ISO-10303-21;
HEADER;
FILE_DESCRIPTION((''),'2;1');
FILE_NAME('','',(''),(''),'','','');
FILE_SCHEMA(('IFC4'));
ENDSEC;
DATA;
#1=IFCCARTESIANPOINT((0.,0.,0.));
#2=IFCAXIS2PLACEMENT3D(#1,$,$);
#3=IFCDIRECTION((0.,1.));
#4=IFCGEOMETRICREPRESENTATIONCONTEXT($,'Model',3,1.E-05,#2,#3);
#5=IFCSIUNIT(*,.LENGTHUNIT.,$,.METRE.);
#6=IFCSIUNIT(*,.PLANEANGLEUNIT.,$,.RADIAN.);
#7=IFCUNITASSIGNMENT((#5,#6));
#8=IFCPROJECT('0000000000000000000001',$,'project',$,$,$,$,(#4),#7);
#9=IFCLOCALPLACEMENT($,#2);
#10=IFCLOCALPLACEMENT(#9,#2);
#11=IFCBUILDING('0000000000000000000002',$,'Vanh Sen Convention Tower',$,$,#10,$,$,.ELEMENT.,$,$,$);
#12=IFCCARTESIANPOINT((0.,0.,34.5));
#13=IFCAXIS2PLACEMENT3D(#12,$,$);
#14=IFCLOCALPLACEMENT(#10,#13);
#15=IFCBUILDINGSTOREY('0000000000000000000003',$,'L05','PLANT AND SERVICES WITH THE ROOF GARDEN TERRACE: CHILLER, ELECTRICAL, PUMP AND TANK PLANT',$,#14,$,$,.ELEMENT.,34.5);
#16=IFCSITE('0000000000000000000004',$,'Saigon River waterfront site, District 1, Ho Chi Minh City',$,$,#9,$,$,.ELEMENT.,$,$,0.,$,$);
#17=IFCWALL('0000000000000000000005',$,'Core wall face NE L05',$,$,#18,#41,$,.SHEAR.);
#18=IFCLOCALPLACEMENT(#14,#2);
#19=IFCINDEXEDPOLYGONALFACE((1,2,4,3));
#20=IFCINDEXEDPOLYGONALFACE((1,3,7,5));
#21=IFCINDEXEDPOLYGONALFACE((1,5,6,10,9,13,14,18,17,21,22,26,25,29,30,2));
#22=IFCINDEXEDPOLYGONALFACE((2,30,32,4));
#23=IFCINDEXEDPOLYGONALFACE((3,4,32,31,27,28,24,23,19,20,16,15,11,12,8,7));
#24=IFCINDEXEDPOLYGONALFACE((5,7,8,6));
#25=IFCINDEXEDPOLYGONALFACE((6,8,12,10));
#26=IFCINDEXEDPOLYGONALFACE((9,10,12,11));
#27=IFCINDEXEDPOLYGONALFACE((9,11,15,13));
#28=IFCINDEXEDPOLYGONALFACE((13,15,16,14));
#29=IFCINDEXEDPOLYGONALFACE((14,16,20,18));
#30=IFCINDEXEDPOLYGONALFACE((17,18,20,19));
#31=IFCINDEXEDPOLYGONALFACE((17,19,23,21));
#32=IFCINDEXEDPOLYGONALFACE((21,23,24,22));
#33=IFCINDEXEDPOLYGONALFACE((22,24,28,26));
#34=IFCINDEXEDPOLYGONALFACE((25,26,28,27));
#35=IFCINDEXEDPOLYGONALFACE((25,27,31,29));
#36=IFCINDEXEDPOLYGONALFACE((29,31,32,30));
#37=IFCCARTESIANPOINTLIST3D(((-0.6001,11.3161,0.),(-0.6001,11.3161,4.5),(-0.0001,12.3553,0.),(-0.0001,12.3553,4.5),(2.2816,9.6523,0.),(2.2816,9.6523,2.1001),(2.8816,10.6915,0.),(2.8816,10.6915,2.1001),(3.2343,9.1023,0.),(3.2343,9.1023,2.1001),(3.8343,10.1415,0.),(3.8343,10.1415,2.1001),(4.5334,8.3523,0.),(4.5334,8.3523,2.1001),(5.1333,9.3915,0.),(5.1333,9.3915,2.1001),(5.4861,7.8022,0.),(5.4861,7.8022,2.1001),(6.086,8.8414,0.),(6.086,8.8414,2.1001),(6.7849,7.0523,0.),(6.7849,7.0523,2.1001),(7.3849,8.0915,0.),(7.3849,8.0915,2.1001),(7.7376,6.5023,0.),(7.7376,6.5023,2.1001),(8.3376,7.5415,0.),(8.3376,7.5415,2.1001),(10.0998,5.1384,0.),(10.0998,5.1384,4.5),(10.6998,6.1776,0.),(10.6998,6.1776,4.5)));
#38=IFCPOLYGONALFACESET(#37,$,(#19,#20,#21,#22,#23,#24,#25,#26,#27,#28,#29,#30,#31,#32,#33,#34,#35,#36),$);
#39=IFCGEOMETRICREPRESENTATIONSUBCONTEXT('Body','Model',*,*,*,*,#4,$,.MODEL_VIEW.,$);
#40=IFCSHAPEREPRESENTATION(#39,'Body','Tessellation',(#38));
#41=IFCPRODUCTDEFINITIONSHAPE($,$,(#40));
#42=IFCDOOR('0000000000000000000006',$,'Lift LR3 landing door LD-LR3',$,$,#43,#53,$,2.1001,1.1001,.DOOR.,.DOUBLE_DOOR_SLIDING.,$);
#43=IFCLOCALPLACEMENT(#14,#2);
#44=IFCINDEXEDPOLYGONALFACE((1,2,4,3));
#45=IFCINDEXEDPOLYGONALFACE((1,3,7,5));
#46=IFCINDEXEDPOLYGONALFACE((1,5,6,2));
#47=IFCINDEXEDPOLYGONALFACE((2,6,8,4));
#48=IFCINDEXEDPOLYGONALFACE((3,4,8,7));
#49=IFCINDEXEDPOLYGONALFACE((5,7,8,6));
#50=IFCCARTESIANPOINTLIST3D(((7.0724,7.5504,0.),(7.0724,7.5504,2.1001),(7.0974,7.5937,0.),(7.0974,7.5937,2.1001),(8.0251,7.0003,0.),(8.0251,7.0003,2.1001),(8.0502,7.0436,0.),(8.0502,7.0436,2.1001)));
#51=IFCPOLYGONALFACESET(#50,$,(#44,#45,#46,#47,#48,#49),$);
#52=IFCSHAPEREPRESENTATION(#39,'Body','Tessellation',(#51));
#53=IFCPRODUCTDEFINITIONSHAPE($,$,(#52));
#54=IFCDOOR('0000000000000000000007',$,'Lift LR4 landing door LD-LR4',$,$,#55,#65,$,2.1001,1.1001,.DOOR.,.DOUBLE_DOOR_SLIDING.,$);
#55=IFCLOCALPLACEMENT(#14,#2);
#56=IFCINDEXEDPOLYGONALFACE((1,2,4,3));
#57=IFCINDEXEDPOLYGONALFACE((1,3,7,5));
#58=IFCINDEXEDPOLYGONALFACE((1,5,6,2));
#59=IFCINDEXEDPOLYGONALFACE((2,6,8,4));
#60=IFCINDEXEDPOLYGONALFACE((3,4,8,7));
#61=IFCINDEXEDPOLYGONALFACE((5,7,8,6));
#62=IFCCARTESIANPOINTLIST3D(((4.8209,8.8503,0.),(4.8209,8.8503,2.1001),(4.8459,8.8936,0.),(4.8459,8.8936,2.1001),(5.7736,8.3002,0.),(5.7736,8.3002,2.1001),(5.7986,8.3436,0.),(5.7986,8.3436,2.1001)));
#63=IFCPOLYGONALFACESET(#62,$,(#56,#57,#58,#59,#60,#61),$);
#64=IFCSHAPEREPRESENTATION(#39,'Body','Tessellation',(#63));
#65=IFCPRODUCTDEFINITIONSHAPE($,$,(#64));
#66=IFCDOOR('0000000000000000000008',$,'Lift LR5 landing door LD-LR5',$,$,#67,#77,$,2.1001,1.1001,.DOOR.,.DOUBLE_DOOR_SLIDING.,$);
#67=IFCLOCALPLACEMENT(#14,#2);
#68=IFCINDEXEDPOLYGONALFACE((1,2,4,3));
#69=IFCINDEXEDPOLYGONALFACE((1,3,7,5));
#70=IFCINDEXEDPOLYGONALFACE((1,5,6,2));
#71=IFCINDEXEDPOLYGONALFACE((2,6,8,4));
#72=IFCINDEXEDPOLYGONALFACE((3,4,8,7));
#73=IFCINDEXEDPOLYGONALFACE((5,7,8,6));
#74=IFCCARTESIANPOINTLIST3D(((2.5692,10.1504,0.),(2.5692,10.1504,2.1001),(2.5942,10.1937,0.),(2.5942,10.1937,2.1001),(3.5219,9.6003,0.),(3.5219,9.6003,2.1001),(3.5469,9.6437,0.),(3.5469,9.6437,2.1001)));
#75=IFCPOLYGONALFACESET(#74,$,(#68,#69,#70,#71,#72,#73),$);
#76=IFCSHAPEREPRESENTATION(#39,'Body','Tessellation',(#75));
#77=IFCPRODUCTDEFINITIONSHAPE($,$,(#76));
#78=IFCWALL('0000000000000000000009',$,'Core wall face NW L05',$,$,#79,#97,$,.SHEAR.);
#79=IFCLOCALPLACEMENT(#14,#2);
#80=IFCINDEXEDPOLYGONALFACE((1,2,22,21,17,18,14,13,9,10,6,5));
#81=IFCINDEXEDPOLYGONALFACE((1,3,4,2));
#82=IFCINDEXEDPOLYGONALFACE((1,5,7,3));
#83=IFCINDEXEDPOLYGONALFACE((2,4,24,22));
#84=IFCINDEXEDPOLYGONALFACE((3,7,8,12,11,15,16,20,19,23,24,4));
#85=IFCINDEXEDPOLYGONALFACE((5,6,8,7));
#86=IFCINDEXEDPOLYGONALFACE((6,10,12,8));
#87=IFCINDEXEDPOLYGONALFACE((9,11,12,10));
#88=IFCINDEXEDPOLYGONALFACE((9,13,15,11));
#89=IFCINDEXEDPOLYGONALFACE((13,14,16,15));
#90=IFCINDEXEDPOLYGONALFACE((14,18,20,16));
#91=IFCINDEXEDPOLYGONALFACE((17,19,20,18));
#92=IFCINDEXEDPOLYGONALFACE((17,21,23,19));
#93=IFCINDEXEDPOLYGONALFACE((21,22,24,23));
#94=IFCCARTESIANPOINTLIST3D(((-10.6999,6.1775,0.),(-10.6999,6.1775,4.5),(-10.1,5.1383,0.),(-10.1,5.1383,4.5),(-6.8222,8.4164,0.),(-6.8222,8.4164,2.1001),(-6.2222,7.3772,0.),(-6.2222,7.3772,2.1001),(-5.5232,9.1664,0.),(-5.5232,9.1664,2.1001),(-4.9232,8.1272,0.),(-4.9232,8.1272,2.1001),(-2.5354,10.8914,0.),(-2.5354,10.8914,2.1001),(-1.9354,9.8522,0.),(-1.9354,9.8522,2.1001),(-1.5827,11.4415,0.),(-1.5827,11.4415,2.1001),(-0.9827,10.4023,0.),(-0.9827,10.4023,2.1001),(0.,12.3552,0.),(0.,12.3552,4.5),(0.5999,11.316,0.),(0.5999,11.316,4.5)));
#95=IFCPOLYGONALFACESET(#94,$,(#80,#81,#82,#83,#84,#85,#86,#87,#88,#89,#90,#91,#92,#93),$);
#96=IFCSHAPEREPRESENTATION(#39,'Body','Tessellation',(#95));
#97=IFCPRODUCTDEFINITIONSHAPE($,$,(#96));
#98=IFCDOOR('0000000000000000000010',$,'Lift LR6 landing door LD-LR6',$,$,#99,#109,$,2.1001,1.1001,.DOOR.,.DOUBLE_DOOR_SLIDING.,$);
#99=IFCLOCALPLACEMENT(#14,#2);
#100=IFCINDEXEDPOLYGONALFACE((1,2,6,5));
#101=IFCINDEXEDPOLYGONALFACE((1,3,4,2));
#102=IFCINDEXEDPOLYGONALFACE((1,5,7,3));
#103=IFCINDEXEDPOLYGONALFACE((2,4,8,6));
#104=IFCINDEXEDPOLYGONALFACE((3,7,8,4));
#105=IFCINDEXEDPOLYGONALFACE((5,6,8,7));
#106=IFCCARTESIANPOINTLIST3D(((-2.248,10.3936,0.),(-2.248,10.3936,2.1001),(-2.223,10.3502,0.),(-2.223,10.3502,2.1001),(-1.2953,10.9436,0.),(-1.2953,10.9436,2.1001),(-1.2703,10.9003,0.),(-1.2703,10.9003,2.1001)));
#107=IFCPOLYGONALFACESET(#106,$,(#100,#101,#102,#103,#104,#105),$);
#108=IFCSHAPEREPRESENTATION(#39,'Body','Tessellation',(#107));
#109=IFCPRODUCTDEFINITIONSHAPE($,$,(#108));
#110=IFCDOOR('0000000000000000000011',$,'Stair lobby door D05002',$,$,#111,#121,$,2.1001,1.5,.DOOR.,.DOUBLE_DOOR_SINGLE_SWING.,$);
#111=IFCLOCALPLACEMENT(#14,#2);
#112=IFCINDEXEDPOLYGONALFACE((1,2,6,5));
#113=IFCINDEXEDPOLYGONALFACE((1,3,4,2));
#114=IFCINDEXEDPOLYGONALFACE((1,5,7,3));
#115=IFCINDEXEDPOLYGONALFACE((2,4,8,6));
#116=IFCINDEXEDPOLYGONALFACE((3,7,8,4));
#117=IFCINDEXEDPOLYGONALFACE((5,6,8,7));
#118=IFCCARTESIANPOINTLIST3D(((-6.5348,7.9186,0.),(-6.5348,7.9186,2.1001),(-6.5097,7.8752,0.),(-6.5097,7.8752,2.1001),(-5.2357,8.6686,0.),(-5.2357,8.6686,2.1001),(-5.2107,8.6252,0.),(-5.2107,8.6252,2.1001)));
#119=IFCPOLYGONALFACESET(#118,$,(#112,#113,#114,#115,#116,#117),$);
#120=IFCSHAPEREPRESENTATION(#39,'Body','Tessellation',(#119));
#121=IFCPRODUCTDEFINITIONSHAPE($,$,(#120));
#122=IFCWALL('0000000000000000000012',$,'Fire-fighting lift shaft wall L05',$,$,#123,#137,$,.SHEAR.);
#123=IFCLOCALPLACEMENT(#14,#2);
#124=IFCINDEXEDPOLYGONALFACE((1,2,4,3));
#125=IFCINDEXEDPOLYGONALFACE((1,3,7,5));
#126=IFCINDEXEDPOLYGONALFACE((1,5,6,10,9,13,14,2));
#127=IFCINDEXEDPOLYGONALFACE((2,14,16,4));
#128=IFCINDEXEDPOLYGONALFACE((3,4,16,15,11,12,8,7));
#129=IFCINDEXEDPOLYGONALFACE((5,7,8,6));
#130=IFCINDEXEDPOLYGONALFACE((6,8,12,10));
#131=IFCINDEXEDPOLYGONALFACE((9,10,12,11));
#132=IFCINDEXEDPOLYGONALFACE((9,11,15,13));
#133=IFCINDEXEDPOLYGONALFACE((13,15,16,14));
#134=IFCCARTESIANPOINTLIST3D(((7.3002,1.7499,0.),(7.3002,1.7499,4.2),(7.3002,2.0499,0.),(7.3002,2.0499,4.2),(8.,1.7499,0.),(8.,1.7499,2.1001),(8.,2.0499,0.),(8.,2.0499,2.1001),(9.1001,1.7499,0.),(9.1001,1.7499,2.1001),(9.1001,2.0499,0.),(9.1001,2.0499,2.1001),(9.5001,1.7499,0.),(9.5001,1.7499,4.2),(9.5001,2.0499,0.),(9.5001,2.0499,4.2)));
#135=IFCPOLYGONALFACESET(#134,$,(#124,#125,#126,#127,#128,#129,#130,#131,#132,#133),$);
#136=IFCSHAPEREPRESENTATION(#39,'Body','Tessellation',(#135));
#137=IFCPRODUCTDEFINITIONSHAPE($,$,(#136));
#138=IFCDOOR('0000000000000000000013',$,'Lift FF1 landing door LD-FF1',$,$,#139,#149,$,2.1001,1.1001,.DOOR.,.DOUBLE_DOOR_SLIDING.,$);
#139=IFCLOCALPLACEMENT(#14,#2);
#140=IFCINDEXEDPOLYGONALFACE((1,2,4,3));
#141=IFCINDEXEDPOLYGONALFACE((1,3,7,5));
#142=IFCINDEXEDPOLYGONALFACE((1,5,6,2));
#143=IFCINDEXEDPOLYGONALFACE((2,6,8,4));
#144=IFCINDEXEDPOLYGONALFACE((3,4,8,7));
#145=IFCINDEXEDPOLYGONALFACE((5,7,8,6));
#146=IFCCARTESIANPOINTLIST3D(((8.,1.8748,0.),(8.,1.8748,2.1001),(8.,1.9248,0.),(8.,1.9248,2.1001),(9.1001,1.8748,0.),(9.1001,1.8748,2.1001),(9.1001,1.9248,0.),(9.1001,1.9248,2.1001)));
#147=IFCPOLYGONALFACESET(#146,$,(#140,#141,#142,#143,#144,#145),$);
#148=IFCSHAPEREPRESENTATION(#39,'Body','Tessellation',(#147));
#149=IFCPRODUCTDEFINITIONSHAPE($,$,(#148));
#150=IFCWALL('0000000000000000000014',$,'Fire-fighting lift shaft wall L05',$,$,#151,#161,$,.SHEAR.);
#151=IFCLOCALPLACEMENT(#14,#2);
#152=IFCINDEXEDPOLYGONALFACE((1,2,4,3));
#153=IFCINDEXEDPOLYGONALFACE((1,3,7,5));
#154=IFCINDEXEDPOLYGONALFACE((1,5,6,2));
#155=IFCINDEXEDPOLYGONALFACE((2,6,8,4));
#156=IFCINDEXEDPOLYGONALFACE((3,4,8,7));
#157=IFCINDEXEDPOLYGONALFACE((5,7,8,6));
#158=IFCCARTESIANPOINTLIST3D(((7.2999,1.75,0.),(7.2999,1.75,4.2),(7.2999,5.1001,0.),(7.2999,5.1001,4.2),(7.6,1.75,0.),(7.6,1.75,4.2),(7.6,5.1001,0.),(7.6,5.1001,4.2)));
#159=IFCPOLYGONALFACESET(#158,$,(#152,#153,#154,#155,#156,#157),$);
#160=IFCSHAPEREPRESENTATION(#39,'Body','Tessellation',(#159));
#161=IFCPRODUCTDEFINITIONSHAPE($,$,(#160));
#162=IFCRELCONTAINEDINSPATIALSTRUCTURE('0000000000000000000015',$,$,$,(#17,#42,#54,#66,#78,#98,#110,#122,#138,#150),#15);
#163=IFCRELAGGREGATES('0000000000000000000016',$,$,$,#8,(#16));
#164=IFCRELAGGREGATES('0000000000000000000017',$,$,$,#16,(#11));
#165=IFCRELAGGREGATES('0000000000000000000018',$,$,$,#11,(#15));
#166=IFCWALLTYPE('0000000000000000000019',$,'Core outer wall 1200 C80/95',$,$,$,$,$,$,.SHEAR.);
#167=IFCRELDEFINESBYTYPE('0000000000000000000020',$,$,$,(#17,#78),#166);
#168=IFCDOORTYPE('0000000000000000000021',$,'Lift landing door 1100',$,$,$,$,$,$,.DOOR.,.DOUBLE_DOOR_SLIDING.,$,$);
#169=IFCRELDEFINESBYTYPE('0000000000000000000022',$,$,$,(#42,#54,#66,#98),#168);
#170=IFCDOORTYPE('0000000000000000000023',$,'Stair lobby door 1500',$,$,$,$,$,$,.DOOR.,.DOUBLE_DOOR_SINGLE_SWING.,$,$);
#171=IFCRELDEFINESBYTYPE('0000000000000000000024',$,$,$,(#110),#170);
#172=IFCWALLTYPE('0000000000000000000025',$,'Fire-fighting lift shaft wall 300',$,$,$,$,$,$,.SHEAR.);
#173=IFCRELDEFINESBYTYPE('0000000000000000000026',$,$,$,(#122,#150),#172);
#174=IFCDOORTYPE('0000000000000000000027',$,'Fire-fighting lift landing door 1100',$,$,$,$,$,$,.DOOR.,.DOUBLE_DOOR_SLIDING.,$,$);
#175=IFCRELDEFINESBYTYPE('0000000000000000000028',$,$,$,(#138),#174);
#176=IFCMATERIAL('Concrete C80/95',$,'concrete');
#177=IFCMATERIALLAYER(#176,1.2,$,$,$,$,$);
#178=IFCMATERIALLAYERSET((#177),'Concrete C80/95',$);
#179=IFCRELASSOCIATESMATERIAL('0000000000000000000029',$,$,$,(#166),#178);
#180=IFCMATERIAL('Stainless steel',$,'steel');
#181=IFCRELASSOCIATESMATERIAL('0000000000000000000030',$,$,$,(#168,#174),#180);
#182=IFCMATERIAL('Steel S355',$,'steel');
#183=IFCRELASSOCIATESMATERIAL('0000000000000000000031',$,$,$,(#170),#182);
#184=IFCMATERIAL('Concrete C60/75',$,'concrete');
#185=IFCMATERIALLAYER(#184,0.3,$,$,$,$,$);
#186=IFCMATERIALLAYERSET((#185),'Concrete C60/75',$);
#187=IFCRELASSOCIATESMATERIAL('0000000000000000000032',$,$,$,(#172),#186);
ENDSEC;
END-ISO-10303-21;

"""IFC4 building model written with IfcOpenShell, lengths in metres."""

from ifc_helpers import new_model, si_unit, direction, frame, frame_2d, origin, place, context, subcontext, project, spatial, rectangle, extrude, material, layer, layer_set, type_object, element, fill, save


model = new_model("IFC4")

# Units and contexts
model_context = context("Model", 3, precision=1e-05, world=origin(), true_north=direction((0.0, 1.0)))
body_context = subcontext(model_context, "Body", "Model", "MODEL_VIEW")
ifc_project = project(units=[si_unit("LENGTHUNIT", "METRE"), si_unit("PLANEANGLEUNIT", "RADIAN")], contexts=[model_context])

# Site, building, storey
site_placement = place(None, origin())
site = spatial("IfcSite", under=ifc_project, at=site_placement, Name="Saigon River waterfront site, District 1, Ho Chi Minh City", CompositionType="ELEMENT", RefElevation=0.0)
building_placement = place(site_placement, origin())
building = spatial("IfcBuilding", under=site, at=building_placement, Name="Vanh Sen Convention Tower", CompositionType="ELEMENT")
storey_placement = place(building_placement, frame((0.0, 0.0, 34.5)))
storey = spatial("IfcBuildingStorey", under=building, at=storey_placement, Name="L05", Description="PLANT AND SERVICES WITH THE ROOF GARDEN TERRACE: CHILLER, ELECTRICAL, PUMP AND TANK PLANT", CompositionType="ELEMENT", Elevation=34.5)

# Walls, openings, doors
ifc_material_1 = material(Name="Concrete C80/95", Category="concrete")
ifc_layer_1 = layer(ifc_material_1, 1.2)
ifc_layer_set_1 = layer_set([ifc_layer_1], Name="Concrete C80/95")
wall_type_1 = type_object("IfcWallType", Name="Core outer wall 1200 C80/95", PredefinedType="SHEAR", material=ifc_layer_set_1)
wall_1_placement = place(storey_placement, frame((10.3999, 5.658, 0.0), z_axis=(0.0, 0.0, 1.0), x_axis=(-0.866021, 0.500007, 0.0)))
wall_1 = element("IfcWall", 1, at=wall_1_placement, inside=storey, type_object=wall_type_1, Name="Core wall face NE L05", PredefinedType="SHEAR", context=body_context, shape_type="SweptSolid", body=[
    extrude(rectangle(XDim=12.3552, YDim=1.2, at=frame_2d((6.1777, 0.0))), origin(), (0.0, 0.0, 1.0), 4.5),
])
opening_1_placement = place(wall_1_placement, frame((2.7278, 0.0, 0.0)))
opening_1 = element("IfcOpeningElement", 2, at=opening_1_placement, cuts=wall_1, PredefinedType="OPENING", context=body_context, shape_type="SweptSolid", body=[
    extrude(rectangle(XDim=1.1001, YDim=2.1001, at=frame_2d((0.55, 1.05))), frame((0.0, 0.6099, 0.0), z_axis=(0.0, -1.0, 0.0), x_axis=(1.0, 0.0, 0.0)), (0.0, 0.0, 1.0), 1.22),
])
opening_2_placement = place(wall_1_placement, frame((5.3276, 0.0, 0.0)))
opening_2 = element("IfcOpeningElement", 3, at=opening_2_placement, cuts=wall_1, PredefinedType="OPENING", context=body_context, shape_type="SweptSolid", body=[
    extrude(rectangle(XDim=1.1001, YDim=2.1001, at=frame_2d((0.55, 1.05))), frame((0.0, 0.6099, 0.0), z_axis=(0.0, -1.0, 0.0), x_axis=(1.0, 0.0, 0.0)), (0.0, 0.0, 1.0), 1.22),
])
opening_3_placement = place(wall_1_placement, frame((7.9277, 0.0, 0.0)))
opening_3 = element("IfcOpeningElement", 4, at=opening_3_placement, cuts=wall_1, PredefinedType="OPENING", context=body_context, shape_type="SweptSolid", body=[
    extrude(rectangle(XDim=1.1001, YDim=2.1001, at=frame_2d((0.55, 1.05))), frame((0.0, 0.6099, 0.0), z_axis=(0.0, -1.0, 0.0), x_axis=(1.0, 0.0, 0.0)), (0.0, 0.0, 1.0), 1.22),
])
ifc_material_2 = material(Name="Stainless steel", Category="steel")
door_type_1 = type_object("IfcDoorType", Name="Lift landing door 1100", OperationType="DOUBLE_DOOR_SLIDING", PredefinedType="DOOR", material=ifc_material_2)
door_1_placement = place(opening_1_placement, origin())
door_1 = element("IfcDoor", 5, at=door_1_placement, inside=storey, type_object=door_type_1, Name="Lift LR3 landing door LD-LR3", OperationType="DOUBLE_DOOR_SLIDING", OverallHeight=2.1001, OverallWidth=1.1001, PredefinedType="DOOR", context=body_context, shape_type="SweptSolid", body=[
    extrude(rectangle(XDim=1.1001, YDim=2.1001, at=frame_2d((0.55, 1.05))), frame((0.0, 0.0249, 0.0), z_axis=(0.0, -1.0, 0.0), x_axis=(1.0, 0.0, 0.0)), (0.0, 0.0, 1.0), 0.05),
])
fill(opening_1, door_1)
door_2_placement = place(opening_2_placement, origin())
door_2 = element("IfcDoor", 6, at=door_2_placement, inside=storey, type_object=door_type_1, Name="Lift LR4 landing door LD-LR4", OperationType="DOUBLE_DOOR_SLIDING", OverallHeight=2.1001, OverallWidth=1.1001, PredefinedType="DOOR", context=body_context, shape_type="SweptSolid", body=[
    extrude(rectangle(XDim=1.1001, YDim=2.1001, at=frame_2d((0.55, 1.05))), frame((0.0, 0.0249, 0.0), z_axis=(0.0, -1.0, 0.0), x_axis=(1.0, 0.0, 0.0)), (0.0, 0.0, 1.0), 0.05),
])
fill(opening_2, door_2)
door_3_placement = place(opening_3_placement, origin())
door_3 = element("IfcDoor", 7, at=door_3_placement, inside=storey, type_object=door_type_1, Name="Lift LR5 landing door LD-LR5", OperationType="DOUBLE_DOOR_SLIDING", OverallHeight=2.1001, OverallWidth=1.1001, PredefinedType="DOOR", context=body_context, shape_type="SweptSolid", body=[
    extrude(rectangle(XDim=1.1001, YDim=2.1001, at=frame_2d((0.55, 1.05))), frame((0.0, 0.0249, 0.0), z_axis=(0.0, -1.0, 0.0), x_axis=(1.0, 0.0, 0.0)), (0.0, 0.0, 1.0), 0.05),
])
fill(opening_3, door_3)
wall_2_placement = place(storey_placement, frame((0.3, 11.8357, 0.0), z_axis=(0.0, 0.0, 1.0), x_axis=(-0.866021, -0.500007, 0.0)))
wall_2 = element("IfcWall", 8, at=wall_2_placement, inside=storey, type_object=wall_type_1, Name="Core wall face NW L05", PredefinedType="SHEAR", context=body_context, shape_type="SweptSolid", body=[
    extrude(rectangle(XDim=12.3552, YDim=1.2, at=frame_2d((6.1777, 0.0))), origin(), (0.0, 0.0, 1.0), 4.5),
])
opening_4_placement = place(wall_2_placement, frame((6.3777, 0.0, 0.0)))
opening_4 = element("IfcOpeningElement", 9, at=opening_4_placement, cuts=wall_2, PredefinedType="OPENING", context=body_context, shape_type="SweptSolid", body=[
    extrude(rectangle(XDim=1.5, YDim=2.1001, at=frame_2d((0.75, 1.05))), frame((0.0, 0.6099, 0.0), z_axis=(0.0, -1.0, 0.0), x_axis=(1.0, 0.0, 0.0)), (0.0, 0.0, 1.0), 1.22),
])
opening_5_placement = place(wall_2_placement, frame((1.8276, 0.0, 0.0)))
opening_5 = element("IfcOpeningElement", 10, at=opening_5_placement, cuts=wall_2, PredefinedType="OPENING", context=body_context, shape_type="SweptSolid", body=[
    extrude(rectangle(XDim=1.1001, YDim=2.1001, at=frame_2d((0.55, 1.05))), frame((0.0, 0.6099, 0.0), z_axis=(0.0, -1.0, 0.0), x_axis=(1.0, 0.0, 0.0)), (0.0, 0.0, 1.0), 1.22),
])
door_4_placement = place(opening_5_placement, origin())
door_4 = element("IfcDoor", 11, at=door_4_placement, inside=storey, type_object=door_type_1, Name="Lift LR6 landing door LD-LR6", OperationType="DOUBLE_DOOR_SLIDING", OverallHeight=2.1001, OverallWidth=1.1001, PredefinedType="DOOR", context=body_context, shape_type="SweptSolid", body=[
    extrude(rectangle(XDim=1.1001, YDim=2.1001, at=frame_2d((0.55, 1.05))), frame((0.0, 0.0249, 0.0), z_axis=(0.0, -1.0, 0.0), x_axis=(1.0, 0.0, 0.0)), (0.0, 0.0, 1.0), 0.05),
])
fill(opening_5, door_4)
ifc_material_3 = material(Name="Steel S355", Category="steel")
door_type_2 = type_object("IfcDoorType", Name="Stair lobby door 1500", OperationType="DOUBLE_DOOR_SINGLE_SWING", PredefinedType="DOOR", material=ifc_material_3)
door_5_placement = place(opening_4_placement, origin())
door_5 = element("IfcDoor", 12, at=door_5_placement, inside=storey, type_object=door_type_2, Name="Stair lobby door D05002", OperationType="DOUBLE_DOOR_SINGLE_SWING", OverallHeight=2.1001, OverallWidth=1.5, PredefinedType="DOOR", context=body_context, shape_type="SweptSolid", body=[
    extrude(rectangle(XDim=1.5, YDim=2.1001, at=frame_2d((0.75, 1.05))), frame((0.0, 0.0249, 0.0), z_axis=(0.0, -1.0, 0.0), x_axis=(1.0, 0.0, 0.0)), (0.0, 0.0, 1.0), 0.05),
])
fill(opening_4, door_5)

# Wall, opening, door
ifc_material_4 = material(Name="Concrete C60/75", Category="concrete")
ifc_layer_2 = layer(ifc_material_4, 0.3)
ifc_layer_set_2 = layer_set([ifc_layer_2], Name="Concrete C60/75")
wall_type_2 = type_object("IfcWallType", Name="Fire-fighting lift shaft wall 300", PredefinedType="SHEAR", material=ifc_layer_set_2)
wall_3_placement = place(storey_placement, frame((7.3, 1.8999, 0.0), z_axis=(0.0, 0.0, 1.0), x_axis=(1.0, 0.0, 0.0)))
wall_3 = element("IfcWall", 13, at=wall_3_placement, inside=storey, type_object=wall_type_2, Name="Fire-fighting lift shaft wall L05", PredefinedType="SHEAR", context=body_context, shape_type="SweptSolid", body=[
    extrude(rectangle(XDim=2.2, YDim=0.3, at=frame_2d((1.1001, 0.0))), origin(), (0.0, 0.0, 1.0), 4.2),
])
opening_6_placement = place(wall_3_placement, frame((0.7, 0.0, 0.0)))
opening_6 = element("IfcOpeningElement", 14, at=opening_6_placement, cuts=wall_3, PredefinedType="OPENING", context=body_context, shape_type="SweptSolid", body=[
    extrude(rectangle(XDim=1.1001, YDim=2.1001, at=frame_2d((0.55, 1.05))), frame((0.0, 0.1599, 0.0), z_axis=(0.0, -1.0, 0.0), x_axis=(1.0, 0.0, 0.0)), (0.0, 0.0, 1.0), 0.3201),
])
door_type_3 = type_object("IfcDoorType", Name="Fire-fighting lift landing door 1100", OperationType="DOUBLE_DOOR_SLIDING", PredefinedType="DOOR", material=ifc_material_2)
door_6_placement = place(opening_6_placement, origin())
door_6 = element("IfcDoor", 15, at=door_6_placement, inside=storey, type_object=door_type_3, Name="Lift FF1 landing door LD-FF1", OperationType="DOUBLE_DOOR_SLIDING", OverallHeight=2.1001, OverallWidth=1.1001, PredefinedType="DOOR", context=body_context, shape_type="SweptSolid", body=[
    extrude(rectangle(XDim=1.1001, YDim=2.1001, at=frame_2d((0.55, 1.05))), frame((0.0, 0.0249, 0.0), z_axis=(0.0, -1.0, 0.0), x_axis=(1.0, 0.0, 0.0)), (0.0, 0.0, 1.0), 0.05),
])
fill(opening_6, door_6)

# Wall
wall_4_placement = place(storey_placement, frame((7.45, 1.75, 0.0), z_axis=(0.0, 0.0, 1.0), x_axis=(0.0, 1.0, 0.0)))
element("IfcWall", 16, at=wall_4_placement, inside=storey, type_object=wall_type_2, Name="Fire-fighting lift shaft wall L05", PredefinedType="SHEAR", context=body_context, shape_type="SweptSolid", body=[
    extrude(rectangle(XDim=3.3501, YDim=0.3, at=frame_2d((1.675, 0.0))), origin(), (0.0, 0.0, 1.0), 4.2),
])

save(model, "model.ifc")
